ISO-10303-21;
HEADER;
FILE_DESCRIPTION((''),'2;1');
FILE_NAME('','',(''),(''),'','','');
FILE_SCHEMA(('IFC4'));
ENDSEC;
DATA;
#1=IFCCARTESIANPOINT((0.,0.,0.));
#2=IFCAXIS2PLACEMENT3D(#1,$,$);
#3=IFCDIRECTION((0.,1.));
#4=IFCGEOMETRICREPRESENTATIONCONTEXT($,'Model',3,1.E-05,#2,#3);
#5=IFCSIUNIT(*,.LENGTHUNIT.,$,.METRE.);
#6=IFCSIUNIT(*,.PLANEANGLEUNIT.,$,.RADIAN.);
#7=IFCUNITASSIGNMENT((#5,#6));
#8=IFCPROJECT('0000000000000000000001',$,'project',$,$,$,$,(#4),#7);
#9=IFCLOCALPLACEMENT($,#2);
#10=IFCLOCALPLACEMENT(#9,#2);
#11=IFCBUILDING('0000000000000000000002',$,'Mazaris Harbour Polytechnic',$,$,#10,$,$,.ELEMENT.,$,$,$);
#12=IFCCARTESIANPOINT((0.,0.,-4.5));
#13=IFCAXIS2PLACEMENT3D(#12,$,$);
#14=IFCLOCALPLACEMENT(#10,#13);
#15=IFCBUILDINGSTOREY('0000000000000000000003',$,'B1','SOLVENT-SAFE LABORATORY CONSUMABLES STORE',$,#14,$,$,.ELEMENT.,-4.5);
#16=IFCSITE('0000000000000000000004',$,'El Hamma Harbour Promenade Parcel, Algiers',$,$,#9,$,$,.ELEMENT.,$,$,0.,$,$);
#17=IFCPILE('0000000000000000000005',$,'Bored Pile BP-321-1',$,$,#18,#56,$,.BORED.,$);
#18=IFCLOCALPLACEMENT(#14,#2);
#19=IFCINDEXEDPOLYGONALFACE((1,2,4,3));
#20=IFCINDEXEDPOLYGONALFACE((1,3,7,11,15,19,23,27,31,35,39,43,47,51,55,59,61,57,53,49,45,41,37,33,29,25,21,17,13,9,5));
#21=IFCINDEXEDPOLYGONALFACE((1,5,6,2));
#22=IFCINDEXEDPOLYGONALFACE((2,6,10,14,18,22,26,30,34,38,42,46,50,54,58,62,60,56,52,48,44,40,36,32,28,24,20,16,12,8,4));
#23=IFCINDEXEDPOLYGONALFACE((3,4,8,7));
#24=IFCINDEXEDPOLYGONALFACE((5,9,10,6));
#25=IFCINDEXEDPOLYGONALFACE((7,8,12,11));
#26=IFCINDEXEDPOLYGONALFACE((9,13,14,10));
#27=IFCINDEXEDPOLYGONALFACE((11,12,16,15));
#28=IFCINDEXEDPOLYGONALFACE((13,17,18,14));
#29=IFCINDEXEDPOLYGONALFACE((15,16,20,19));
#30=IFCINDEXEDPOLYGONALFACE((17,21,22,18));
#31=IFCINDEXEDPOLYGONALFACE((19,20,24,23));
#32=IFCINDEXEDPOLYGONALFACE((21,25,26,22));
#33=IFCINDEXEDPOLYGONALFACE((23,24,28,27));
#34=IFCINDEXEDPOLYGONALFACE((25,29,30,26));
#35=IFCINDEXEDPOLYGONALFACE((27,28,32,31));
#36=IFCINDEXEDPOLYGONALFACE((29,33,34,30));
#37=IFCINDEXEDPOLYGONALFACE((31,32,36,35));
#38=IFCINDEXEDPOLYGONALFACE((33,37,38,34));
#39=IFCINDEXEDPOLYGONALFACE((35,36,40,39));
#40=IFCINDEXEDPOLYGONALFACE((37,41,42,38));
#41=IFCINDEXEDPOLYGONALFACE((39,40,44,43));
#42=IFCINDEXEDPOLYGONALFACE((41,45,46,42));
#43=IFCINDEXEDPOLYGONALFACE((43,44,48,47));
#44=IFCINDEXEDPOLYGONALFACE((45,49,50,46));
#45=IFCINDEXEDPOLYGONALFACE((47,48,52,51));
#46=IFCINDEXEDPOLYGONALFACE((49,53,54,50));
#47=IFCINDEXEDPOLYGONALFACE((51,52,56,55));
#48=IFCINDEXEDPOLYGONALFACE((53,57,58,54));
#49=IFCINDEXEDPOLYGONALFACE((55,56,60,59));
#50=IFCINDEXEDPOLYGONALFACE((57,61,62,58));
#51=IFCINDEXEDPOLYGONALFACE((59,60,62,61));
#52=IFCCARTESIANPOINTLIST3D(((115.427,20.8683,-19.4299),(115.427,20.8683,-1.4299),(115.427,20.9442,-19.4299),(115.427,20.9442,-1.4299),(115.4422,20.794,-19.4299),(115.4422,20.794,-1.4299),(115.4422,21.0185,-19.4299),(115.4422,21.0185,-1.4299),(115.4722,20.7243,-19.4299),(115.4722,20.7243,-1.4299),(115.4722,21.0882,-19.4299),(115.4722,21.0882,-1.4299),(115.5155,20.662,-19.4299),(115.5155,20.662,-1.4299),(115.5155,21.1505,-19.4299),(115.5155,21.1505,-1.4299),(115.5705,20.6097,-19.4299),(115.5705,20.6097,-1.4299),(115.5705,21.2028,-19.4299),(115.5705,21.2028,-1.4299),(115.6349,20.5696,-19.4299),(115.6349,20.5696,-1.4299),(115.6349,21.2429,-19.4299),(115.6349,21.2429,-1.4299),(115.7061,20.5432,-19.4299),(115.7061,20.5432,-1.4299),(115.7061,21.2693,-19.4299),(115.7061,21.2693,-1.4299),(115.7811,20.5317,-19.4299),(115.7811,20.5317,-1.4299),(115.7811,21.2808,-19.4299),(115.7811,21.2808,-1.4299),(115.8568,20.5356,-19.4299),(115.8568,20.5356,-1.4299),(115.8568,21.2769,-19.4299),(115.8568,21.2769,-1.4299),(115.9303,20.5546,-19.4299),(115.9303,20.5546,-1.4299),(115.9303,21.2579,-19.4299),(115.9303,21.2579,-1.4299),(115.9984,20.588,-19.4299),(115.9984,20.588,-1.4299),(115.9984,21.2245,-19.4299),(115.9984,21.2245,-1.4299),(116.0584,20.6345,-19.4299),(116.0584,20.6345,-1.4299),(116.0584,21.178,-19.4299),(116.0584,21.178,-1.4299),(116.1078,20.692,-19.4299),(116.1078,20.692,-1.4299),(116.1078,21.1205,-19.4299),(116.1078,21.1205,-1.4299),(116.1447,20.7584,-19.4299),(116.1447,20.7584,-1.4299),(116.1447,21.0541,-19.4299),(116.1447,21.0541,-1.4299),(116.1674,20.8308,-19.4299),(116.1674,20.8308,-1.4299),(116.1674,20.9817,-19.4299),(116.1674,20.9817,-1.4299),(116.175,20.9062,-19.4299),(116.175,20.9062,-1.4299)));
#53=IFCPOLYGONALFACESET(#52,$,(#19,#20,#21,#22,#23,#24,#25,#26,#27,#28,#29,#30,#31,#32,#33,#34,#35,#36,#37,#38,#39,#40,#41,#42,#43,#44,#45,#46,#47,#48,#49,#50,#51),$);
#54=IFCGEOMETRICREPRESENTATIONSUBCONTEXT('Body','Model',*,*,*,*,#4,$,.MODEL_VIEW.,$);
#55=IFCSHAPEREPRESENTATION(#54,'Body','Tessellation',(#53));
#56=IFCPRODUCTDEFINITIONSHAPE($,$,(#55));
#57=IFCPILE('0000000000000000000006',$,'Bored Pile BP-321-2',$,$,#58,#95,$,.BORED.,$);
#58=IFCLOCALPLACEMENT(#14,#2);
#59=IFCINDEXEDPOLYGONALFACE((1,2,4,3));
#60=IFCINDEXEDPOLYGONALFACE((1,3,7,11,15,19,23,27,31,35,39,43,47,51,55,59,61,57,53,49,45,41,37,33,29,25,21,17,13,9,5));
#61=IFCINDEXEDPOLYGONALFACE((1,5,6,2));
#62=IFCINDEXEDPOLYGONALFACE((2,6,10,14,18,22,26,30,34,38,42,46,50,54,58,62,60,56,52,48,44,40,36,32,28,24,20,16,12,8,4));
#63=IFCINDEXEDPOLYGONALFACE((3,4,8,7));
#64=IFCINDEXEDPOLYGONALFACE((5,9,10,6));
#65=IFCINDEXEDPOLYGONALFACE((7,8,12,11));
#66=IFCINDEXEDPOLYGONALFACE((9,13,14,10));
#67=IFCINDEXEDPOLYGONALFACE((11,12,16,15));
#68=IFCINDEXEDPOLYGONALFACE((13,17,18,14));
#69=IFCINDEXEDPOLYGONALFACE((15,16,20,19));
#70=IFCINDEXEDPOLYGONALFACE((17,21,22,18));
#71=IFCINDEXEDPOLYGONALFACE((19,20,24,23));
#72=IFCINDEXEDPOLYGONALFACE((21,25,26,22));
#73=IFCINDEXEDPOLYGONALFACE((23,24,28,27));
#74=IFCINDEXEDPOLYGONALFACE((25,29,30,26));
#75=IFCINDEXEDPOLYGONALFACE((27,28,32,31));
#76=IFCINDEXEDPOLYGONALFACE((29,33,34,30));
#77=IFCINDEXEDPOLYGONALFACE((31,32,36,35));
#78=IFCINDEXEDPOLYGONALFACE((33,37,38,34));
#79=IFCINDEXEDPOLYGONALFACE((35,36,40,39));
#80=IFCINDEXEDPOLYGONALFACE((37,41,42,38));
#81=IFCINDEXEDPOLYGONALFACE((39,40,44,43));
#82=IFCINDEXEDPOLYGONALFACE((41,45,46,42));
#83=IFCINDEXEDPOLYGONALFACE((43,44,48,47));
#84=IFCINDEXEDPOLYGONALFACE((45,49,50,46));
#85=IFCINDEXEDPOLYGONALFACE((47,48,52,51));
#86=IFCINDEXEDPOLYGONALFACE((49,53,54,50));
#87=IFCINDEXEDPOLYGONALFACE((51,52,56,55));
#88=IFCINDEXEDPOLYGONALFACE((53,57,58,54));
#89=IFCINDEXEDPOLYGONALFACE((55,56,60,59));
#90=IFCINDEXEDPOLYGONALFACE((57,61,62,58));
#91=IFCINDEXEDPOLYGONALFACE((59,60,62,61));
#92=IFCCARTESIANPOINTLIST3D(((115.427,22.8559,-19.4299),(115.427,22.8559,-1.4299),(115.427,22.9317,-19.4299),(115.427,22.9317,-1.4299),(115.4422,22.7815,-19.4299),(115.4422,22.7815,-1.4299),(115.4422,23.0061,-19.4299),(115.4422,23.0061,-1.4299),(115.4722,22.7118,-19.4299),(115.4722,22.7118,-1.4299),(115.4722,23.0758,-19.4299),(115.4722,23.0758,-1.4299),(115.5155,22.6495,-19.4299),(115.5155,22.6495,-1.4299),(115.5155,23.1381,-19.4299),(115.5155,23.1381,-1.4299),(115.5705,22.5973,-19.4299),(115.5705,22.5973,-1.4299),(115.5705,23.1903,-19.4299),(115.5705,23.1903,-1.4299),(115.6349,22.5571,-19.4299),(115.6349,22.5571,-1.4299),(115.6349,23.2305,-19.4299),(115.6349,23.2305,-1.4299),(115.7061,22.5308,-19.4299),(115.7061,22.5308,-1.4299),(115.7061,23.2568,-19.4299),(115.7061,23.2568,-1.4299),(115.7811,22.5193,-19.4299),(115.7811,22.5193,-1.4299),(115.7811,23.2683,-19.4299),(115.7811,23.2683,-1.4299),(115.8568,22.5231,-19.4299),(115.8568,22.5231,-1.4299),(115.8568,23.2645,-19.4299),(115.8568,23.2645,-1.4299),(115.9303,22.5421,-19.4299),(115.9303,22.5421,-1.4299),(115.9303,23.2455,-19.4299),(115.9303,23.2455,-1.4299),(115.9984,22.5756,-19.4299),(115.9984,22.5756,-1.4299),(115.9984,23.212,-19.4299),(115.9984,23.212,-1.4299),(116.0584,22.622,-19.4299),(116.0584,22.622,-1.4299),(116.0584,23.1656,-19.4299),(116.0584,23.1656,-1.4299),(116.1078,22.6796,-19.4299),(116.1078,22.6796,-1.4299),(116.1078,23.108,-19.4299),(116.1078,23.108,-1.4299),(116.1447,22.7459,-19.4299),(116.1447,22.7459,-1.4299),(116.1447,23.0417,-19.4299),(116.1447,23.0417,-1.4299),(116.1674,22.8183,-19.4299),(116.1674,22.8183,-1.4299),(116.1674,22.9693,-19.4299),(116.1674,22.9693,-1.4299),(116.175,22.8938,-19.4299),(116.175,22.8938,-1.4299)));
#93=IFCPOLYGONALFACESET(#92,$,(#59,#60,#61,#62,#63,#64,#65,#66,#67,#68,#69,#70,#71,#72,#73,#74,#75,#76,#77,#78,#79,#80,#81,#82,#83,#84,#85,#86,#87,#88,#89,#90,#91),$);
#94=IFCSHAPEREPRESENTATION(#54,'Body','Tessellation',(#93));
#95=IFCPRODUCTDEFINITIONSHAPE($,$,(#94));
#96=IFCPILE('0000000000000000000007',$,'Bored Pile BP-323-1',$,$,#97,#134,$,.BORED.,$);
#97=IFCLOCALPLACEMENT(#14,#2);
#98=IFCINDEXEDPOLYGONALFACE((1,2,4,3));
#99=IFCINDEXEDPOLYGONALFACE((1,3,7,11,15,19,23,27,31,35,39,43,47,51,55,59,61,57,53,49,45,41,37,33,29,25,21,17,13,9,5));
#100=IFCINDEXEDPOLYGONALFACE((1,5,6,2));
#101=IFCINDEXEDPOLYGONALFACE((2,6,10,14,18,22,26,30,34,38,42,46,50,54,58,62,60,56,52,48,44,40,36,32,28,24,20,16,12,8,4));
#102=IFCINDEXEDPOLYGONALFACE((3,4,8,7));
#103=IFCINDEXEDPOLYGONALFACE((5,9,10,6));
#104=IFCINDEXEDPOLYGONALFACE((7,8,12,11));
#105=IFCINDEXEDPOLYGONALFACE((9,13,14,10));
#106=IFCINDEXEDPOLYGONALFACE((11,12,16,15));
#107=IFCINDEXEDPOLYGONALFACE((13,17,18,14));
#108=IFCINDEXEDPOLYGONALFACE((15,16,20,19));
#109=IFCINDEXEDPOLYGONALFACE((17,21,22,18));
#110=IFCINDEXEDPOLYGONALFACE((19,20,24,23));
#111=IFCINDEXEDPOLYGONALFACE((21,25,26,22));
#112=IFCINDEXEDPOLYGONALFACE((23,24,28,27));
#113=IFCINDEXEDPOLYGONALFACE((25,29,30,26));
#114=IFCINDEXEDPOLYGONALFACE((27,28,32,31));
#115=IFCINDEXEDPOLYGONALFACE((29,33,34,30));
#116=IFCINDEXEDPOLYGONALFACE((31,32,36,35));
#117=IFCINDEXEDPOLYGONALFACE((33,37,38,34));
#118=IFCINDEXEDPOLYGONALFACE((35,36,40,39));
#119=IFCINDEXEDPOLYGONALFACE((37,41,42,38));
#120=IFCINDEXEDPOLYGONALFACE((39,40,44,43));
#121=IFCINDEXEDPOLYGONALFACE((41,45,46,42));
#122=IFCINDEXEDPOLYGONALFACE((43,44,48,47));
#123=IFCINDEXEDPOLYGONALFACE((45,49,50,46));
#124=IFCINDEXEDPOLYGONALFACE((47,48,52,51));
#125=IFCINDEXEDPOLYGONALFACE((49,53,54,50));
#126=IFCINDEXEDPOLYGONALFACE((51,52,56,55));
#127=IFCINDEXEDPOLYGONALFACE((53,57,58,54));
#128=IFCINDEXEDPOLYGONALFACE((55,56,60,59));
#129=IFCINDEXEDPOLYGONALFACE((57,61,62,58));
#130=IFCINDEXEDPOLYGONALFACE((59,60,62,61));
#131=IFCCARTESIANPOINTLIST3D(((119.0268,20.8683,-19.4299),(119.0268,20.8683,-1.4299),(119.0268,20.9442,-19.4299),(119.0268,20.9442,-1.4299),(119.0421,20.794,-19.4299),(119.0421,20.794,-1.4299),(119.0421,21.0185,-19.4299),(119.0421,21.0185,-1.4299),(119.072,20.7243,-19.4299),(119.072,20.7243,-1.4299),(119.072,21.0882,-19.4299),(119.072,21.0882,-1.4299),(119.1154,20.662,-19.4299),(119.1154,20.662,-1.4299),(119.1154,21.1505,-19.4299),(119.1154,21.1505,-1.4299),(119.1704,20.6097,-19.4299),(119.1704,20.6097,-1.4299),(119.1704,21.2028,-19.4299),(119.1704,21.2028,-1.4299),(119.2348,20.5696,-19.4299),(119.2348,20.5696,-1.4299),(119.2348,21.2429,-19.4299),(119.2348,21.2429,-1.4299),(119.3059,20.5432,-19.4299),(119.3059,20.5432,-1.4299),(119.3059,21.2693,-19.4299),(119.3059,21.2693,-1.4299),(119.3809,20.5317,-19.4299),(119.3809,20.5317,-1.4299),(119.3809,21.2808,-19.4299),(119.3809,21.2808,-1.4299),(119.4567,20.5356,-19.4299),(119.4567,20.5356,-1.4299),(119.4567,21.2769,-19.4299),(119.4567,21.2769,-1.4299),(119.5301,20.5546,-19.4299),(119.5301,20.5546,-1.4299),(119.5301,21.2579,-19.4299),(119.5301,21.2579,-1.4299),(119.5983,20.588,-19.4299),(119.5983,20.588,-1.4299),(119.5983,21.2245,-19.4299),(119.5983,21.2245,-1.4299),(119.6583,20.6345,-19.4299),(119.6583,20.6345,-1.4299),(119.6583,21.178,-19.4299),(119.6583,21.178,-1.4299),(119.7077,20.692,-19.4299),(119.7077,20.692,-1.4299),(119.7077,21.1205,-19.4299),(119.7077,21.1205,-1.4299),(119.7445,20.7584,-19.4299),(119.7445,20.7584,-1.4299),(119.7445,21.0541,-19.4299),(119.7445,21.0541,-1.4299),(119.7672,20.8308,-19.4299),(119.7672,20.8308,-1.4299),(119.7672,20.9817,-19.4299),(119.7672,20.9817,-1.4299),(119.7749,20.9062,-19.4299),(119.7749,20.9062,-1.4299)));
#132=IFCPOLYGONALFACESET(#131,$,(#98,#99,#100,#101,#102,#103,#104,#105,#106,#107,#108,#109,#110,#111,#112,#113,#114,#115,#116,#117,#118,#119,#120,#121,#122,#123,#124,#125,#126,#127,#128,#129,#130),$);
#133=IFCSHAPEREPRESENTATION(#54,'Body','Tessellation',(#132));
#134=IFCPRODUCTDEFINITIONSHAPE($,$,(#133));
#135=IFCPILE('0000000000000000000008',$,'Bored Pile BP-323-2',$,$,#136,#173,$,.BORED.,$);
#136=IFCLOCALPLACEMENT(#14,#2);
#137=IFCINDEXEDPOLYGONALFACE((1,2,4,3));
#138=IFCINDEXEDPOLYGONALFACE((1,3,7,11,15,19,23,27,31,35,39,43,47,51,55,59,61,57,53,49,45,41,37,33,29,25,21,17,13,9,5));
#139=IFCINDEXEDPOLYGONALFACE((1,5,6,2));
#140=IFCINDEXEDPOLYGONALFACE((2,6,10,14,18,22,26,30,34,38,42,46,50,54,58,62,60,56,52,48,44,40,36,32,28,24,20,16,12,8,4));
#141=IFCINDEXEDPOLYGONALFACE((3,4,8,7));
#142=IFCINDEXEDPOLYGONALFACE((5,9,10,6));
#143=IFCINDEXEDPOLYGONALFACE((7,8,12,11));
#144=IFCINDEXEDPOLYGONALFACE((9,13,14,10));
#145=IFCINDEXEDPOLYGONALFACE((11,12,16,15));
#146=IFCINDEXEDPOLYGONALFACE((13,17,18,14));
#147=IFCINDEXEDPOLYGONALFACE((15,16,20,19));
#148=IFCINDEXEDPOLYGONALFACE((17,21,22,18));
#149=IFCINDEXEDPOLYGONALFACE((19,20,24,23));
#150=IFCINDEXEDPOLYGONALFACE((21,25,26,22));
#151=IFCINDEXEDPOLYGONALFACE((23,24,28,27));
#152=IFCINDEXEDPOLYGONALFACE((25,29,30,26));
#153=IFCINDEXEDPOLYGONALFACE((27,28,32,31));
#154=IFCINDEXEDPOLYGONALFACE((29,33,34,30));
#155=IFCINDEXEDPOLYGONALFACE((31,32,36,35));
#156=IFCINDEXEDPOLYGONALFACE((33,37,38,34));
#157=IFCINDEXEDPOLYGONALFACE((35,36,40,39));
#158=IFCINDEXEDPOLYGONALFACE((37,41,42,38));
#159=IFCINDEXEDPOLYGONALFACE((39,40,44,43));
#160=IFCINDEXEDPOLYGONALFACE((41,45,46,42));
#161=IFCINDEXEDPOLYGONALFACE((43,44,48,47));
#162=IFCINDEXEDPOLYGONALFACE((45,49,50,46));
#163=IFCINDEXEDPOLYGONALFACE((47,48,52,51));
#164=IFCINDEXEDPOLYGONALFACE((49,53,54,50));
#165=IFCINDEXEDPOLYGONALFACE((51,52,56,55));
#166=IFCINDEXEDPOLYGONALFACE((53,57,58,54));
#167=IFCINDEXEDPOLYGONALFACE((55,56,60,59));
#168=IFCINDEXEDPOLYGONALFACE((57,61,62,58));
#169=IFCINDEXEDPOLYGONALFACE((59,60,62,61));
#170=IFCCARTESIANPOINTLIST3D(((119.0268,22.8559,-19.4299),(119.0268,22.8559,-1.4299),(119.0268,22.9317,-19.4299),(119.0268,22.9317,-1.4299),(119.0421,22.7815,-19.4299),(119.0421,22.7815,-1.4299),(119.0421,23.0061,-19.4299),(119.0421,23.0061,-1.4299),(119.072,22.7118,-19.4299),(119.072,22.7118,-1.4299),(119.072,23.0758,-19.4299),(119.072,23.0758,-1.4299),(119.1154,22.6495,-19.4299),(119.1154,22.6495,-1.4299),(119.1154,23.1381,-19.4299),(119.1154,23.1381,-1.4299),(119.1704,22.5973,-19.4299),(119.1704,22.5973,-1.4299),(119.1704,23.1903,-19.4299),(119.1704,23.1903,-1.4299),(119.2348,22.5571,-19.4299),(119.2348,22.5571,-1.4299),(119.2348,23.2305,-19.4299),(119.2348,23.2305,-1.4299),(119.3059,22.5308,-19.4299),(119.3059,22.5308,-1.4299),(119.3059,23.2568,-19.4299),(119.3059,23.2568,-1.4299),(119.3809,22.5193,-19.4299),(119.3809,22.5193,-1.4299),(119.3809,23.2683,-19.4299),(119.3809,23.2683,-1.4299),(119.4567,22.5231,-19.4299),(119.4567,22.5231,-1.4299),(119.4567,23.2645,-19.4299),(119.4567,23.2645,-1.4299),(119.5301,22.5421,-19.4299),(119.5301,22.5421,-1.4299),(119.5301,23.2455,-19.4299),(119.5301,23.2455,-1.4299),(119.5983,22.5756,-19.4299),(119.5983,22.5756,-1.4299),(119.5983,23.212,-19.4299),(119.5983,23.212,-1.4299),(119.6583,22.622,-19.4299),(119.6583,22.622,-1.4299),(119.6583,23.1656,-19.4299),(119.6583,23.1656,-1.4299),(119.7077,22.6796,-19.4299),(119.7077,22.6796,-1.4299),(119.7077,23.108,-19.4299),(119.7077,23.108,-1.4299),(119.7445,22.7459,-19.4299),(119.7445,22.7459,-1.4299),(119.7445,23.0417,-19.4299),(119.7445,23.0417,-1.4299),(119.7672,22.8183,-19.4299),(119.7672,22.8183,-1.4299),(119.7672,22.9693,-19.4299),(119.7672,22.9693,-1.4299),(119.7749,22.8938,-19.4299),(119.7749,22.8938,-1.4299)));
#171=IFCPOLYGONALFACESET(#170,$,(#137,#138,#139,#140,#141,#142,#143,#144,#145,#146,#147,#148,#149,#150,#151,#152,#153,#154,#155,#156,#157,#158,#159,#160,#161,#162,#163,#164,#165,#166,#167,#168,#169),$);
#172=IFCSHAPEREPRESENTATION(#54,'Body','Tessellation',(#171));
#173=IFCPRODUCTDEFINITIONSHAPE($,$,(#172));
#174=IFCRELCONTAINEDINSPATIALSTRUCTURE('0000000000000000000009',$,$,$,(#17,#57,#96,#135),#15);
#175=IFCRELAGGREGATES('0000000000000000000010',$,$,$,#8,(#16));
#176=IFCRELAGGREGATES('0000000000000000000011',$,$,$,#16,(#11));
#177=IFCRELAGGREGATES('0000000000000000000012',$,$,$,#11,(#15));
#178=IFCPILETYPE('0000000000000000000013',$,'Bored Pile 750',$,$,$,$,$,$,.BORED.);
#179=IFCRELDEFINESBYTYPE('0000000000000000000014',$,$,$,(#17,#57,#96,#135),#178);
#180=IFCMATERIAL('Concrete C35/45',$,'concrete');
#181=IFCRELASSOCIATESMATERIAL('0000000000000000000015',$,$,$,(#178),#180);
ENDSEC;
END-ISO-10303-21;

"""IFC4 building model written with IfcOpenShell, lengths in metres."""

from ifc_helpers import new_model, si_unit, direction, frame, origin, origin_2d, place, context, subcontext, project, spatial, circle, extrude, material, material_profile, profile_set, type_object, element, save


model = new_model("IFC4")

# Units and contexts
model_context = context("Model", 3, precision=1e-05, world=origin(), true_north=direction((0.0, 1.0)))
body_context = subcontext(model_context, "Body", "Model", "MODEL_VIEW")
ifc_project = project(units=[si_unit("LENGTHUNIT", "METRE"), si_unit("PLANEANGLEUNIT", "RADIAN")], contexts=[model_context])

# Site, building, storey
site_placement = place(None, origin())
site = spatial("IfcSite", under=ifc_project, at=site_placement, Name="El Hamma Harbour Promenade Parcel, Algiers", CompositionType="ELEMENT", RefElevation=0.0)
building_placement = place(site_placement, origin())
building = spatial("IfcBuilding", under=site, at=building_placement, Name="Mazaris Harbour Polytechnic", CompositionType="ELEMENT")
storey_placement = place(building_placement, frame((0.0, 0.0, -4.5)))
storey = spatial("IfcBuildingStorey", under=building, at=storey_placement, Name="B1", Description="SOLVENT-SAFE LABORATORY CONSUMABLES STORE", CompositionType="ELEMENT", Elevation=-4.5)

# Piles
ifc_material_1 = material(Name="Concrete C35/45", Category="concrete")
ifc_material_profile_1 = material_profile(ifc_material_1, circle(Radius=0.375, at=origin_2d()), Name="DIA750")
ifc_profile_set_1 = profile_set([ifc_material_profile_1], Name="Concrete C35/45")
pile_type_1 = type_object("IfcPileType", Name="Bored Pile 750", PredefinedType="BORED", material=ifc_profile_set_1)
for number, where, z_axis, x_axis, name in (
    (1, (115.8, 20.9062, -1.4299), (0.0, 0.0, -1.0), (1.0, 0.0, 0.0), "Bored Pile BP-321-1"),
    (2, (115.8, 22.8938, -1.4299), (0.0, 0.0, -1.0), (1.0, 0.0, 0.0), "Bored Pile BP-321-2"),
    (3, (119.3999, 20.9062, -1.4299), (0.0, 0.0, -1.0), (1.0, 0.0, 0.0), "Bored Pile BP-323-1"),
    (4, (119.3999, 22.8938, -1.4299), (0.0, 0.0, -1.0), (1.0, 0.0, 0.0), "Bored Pile BP-323-2"),
):
    element("IfcPile", number, at=place(storey_placement, frame(where, z_axis=z_axis, x_axis=x_axis)), inside=storey, type_object=pile_type_1, Name=name, PredefinedType="BORED", context=body_context, shape_type="SweptSolid", body=[
        extrude(circle(Radius=0.375, at=origin_2d()), origin(), (0.0, 0.0, 1.0), 18.0),
    ])

save(model, "model.ifc")
